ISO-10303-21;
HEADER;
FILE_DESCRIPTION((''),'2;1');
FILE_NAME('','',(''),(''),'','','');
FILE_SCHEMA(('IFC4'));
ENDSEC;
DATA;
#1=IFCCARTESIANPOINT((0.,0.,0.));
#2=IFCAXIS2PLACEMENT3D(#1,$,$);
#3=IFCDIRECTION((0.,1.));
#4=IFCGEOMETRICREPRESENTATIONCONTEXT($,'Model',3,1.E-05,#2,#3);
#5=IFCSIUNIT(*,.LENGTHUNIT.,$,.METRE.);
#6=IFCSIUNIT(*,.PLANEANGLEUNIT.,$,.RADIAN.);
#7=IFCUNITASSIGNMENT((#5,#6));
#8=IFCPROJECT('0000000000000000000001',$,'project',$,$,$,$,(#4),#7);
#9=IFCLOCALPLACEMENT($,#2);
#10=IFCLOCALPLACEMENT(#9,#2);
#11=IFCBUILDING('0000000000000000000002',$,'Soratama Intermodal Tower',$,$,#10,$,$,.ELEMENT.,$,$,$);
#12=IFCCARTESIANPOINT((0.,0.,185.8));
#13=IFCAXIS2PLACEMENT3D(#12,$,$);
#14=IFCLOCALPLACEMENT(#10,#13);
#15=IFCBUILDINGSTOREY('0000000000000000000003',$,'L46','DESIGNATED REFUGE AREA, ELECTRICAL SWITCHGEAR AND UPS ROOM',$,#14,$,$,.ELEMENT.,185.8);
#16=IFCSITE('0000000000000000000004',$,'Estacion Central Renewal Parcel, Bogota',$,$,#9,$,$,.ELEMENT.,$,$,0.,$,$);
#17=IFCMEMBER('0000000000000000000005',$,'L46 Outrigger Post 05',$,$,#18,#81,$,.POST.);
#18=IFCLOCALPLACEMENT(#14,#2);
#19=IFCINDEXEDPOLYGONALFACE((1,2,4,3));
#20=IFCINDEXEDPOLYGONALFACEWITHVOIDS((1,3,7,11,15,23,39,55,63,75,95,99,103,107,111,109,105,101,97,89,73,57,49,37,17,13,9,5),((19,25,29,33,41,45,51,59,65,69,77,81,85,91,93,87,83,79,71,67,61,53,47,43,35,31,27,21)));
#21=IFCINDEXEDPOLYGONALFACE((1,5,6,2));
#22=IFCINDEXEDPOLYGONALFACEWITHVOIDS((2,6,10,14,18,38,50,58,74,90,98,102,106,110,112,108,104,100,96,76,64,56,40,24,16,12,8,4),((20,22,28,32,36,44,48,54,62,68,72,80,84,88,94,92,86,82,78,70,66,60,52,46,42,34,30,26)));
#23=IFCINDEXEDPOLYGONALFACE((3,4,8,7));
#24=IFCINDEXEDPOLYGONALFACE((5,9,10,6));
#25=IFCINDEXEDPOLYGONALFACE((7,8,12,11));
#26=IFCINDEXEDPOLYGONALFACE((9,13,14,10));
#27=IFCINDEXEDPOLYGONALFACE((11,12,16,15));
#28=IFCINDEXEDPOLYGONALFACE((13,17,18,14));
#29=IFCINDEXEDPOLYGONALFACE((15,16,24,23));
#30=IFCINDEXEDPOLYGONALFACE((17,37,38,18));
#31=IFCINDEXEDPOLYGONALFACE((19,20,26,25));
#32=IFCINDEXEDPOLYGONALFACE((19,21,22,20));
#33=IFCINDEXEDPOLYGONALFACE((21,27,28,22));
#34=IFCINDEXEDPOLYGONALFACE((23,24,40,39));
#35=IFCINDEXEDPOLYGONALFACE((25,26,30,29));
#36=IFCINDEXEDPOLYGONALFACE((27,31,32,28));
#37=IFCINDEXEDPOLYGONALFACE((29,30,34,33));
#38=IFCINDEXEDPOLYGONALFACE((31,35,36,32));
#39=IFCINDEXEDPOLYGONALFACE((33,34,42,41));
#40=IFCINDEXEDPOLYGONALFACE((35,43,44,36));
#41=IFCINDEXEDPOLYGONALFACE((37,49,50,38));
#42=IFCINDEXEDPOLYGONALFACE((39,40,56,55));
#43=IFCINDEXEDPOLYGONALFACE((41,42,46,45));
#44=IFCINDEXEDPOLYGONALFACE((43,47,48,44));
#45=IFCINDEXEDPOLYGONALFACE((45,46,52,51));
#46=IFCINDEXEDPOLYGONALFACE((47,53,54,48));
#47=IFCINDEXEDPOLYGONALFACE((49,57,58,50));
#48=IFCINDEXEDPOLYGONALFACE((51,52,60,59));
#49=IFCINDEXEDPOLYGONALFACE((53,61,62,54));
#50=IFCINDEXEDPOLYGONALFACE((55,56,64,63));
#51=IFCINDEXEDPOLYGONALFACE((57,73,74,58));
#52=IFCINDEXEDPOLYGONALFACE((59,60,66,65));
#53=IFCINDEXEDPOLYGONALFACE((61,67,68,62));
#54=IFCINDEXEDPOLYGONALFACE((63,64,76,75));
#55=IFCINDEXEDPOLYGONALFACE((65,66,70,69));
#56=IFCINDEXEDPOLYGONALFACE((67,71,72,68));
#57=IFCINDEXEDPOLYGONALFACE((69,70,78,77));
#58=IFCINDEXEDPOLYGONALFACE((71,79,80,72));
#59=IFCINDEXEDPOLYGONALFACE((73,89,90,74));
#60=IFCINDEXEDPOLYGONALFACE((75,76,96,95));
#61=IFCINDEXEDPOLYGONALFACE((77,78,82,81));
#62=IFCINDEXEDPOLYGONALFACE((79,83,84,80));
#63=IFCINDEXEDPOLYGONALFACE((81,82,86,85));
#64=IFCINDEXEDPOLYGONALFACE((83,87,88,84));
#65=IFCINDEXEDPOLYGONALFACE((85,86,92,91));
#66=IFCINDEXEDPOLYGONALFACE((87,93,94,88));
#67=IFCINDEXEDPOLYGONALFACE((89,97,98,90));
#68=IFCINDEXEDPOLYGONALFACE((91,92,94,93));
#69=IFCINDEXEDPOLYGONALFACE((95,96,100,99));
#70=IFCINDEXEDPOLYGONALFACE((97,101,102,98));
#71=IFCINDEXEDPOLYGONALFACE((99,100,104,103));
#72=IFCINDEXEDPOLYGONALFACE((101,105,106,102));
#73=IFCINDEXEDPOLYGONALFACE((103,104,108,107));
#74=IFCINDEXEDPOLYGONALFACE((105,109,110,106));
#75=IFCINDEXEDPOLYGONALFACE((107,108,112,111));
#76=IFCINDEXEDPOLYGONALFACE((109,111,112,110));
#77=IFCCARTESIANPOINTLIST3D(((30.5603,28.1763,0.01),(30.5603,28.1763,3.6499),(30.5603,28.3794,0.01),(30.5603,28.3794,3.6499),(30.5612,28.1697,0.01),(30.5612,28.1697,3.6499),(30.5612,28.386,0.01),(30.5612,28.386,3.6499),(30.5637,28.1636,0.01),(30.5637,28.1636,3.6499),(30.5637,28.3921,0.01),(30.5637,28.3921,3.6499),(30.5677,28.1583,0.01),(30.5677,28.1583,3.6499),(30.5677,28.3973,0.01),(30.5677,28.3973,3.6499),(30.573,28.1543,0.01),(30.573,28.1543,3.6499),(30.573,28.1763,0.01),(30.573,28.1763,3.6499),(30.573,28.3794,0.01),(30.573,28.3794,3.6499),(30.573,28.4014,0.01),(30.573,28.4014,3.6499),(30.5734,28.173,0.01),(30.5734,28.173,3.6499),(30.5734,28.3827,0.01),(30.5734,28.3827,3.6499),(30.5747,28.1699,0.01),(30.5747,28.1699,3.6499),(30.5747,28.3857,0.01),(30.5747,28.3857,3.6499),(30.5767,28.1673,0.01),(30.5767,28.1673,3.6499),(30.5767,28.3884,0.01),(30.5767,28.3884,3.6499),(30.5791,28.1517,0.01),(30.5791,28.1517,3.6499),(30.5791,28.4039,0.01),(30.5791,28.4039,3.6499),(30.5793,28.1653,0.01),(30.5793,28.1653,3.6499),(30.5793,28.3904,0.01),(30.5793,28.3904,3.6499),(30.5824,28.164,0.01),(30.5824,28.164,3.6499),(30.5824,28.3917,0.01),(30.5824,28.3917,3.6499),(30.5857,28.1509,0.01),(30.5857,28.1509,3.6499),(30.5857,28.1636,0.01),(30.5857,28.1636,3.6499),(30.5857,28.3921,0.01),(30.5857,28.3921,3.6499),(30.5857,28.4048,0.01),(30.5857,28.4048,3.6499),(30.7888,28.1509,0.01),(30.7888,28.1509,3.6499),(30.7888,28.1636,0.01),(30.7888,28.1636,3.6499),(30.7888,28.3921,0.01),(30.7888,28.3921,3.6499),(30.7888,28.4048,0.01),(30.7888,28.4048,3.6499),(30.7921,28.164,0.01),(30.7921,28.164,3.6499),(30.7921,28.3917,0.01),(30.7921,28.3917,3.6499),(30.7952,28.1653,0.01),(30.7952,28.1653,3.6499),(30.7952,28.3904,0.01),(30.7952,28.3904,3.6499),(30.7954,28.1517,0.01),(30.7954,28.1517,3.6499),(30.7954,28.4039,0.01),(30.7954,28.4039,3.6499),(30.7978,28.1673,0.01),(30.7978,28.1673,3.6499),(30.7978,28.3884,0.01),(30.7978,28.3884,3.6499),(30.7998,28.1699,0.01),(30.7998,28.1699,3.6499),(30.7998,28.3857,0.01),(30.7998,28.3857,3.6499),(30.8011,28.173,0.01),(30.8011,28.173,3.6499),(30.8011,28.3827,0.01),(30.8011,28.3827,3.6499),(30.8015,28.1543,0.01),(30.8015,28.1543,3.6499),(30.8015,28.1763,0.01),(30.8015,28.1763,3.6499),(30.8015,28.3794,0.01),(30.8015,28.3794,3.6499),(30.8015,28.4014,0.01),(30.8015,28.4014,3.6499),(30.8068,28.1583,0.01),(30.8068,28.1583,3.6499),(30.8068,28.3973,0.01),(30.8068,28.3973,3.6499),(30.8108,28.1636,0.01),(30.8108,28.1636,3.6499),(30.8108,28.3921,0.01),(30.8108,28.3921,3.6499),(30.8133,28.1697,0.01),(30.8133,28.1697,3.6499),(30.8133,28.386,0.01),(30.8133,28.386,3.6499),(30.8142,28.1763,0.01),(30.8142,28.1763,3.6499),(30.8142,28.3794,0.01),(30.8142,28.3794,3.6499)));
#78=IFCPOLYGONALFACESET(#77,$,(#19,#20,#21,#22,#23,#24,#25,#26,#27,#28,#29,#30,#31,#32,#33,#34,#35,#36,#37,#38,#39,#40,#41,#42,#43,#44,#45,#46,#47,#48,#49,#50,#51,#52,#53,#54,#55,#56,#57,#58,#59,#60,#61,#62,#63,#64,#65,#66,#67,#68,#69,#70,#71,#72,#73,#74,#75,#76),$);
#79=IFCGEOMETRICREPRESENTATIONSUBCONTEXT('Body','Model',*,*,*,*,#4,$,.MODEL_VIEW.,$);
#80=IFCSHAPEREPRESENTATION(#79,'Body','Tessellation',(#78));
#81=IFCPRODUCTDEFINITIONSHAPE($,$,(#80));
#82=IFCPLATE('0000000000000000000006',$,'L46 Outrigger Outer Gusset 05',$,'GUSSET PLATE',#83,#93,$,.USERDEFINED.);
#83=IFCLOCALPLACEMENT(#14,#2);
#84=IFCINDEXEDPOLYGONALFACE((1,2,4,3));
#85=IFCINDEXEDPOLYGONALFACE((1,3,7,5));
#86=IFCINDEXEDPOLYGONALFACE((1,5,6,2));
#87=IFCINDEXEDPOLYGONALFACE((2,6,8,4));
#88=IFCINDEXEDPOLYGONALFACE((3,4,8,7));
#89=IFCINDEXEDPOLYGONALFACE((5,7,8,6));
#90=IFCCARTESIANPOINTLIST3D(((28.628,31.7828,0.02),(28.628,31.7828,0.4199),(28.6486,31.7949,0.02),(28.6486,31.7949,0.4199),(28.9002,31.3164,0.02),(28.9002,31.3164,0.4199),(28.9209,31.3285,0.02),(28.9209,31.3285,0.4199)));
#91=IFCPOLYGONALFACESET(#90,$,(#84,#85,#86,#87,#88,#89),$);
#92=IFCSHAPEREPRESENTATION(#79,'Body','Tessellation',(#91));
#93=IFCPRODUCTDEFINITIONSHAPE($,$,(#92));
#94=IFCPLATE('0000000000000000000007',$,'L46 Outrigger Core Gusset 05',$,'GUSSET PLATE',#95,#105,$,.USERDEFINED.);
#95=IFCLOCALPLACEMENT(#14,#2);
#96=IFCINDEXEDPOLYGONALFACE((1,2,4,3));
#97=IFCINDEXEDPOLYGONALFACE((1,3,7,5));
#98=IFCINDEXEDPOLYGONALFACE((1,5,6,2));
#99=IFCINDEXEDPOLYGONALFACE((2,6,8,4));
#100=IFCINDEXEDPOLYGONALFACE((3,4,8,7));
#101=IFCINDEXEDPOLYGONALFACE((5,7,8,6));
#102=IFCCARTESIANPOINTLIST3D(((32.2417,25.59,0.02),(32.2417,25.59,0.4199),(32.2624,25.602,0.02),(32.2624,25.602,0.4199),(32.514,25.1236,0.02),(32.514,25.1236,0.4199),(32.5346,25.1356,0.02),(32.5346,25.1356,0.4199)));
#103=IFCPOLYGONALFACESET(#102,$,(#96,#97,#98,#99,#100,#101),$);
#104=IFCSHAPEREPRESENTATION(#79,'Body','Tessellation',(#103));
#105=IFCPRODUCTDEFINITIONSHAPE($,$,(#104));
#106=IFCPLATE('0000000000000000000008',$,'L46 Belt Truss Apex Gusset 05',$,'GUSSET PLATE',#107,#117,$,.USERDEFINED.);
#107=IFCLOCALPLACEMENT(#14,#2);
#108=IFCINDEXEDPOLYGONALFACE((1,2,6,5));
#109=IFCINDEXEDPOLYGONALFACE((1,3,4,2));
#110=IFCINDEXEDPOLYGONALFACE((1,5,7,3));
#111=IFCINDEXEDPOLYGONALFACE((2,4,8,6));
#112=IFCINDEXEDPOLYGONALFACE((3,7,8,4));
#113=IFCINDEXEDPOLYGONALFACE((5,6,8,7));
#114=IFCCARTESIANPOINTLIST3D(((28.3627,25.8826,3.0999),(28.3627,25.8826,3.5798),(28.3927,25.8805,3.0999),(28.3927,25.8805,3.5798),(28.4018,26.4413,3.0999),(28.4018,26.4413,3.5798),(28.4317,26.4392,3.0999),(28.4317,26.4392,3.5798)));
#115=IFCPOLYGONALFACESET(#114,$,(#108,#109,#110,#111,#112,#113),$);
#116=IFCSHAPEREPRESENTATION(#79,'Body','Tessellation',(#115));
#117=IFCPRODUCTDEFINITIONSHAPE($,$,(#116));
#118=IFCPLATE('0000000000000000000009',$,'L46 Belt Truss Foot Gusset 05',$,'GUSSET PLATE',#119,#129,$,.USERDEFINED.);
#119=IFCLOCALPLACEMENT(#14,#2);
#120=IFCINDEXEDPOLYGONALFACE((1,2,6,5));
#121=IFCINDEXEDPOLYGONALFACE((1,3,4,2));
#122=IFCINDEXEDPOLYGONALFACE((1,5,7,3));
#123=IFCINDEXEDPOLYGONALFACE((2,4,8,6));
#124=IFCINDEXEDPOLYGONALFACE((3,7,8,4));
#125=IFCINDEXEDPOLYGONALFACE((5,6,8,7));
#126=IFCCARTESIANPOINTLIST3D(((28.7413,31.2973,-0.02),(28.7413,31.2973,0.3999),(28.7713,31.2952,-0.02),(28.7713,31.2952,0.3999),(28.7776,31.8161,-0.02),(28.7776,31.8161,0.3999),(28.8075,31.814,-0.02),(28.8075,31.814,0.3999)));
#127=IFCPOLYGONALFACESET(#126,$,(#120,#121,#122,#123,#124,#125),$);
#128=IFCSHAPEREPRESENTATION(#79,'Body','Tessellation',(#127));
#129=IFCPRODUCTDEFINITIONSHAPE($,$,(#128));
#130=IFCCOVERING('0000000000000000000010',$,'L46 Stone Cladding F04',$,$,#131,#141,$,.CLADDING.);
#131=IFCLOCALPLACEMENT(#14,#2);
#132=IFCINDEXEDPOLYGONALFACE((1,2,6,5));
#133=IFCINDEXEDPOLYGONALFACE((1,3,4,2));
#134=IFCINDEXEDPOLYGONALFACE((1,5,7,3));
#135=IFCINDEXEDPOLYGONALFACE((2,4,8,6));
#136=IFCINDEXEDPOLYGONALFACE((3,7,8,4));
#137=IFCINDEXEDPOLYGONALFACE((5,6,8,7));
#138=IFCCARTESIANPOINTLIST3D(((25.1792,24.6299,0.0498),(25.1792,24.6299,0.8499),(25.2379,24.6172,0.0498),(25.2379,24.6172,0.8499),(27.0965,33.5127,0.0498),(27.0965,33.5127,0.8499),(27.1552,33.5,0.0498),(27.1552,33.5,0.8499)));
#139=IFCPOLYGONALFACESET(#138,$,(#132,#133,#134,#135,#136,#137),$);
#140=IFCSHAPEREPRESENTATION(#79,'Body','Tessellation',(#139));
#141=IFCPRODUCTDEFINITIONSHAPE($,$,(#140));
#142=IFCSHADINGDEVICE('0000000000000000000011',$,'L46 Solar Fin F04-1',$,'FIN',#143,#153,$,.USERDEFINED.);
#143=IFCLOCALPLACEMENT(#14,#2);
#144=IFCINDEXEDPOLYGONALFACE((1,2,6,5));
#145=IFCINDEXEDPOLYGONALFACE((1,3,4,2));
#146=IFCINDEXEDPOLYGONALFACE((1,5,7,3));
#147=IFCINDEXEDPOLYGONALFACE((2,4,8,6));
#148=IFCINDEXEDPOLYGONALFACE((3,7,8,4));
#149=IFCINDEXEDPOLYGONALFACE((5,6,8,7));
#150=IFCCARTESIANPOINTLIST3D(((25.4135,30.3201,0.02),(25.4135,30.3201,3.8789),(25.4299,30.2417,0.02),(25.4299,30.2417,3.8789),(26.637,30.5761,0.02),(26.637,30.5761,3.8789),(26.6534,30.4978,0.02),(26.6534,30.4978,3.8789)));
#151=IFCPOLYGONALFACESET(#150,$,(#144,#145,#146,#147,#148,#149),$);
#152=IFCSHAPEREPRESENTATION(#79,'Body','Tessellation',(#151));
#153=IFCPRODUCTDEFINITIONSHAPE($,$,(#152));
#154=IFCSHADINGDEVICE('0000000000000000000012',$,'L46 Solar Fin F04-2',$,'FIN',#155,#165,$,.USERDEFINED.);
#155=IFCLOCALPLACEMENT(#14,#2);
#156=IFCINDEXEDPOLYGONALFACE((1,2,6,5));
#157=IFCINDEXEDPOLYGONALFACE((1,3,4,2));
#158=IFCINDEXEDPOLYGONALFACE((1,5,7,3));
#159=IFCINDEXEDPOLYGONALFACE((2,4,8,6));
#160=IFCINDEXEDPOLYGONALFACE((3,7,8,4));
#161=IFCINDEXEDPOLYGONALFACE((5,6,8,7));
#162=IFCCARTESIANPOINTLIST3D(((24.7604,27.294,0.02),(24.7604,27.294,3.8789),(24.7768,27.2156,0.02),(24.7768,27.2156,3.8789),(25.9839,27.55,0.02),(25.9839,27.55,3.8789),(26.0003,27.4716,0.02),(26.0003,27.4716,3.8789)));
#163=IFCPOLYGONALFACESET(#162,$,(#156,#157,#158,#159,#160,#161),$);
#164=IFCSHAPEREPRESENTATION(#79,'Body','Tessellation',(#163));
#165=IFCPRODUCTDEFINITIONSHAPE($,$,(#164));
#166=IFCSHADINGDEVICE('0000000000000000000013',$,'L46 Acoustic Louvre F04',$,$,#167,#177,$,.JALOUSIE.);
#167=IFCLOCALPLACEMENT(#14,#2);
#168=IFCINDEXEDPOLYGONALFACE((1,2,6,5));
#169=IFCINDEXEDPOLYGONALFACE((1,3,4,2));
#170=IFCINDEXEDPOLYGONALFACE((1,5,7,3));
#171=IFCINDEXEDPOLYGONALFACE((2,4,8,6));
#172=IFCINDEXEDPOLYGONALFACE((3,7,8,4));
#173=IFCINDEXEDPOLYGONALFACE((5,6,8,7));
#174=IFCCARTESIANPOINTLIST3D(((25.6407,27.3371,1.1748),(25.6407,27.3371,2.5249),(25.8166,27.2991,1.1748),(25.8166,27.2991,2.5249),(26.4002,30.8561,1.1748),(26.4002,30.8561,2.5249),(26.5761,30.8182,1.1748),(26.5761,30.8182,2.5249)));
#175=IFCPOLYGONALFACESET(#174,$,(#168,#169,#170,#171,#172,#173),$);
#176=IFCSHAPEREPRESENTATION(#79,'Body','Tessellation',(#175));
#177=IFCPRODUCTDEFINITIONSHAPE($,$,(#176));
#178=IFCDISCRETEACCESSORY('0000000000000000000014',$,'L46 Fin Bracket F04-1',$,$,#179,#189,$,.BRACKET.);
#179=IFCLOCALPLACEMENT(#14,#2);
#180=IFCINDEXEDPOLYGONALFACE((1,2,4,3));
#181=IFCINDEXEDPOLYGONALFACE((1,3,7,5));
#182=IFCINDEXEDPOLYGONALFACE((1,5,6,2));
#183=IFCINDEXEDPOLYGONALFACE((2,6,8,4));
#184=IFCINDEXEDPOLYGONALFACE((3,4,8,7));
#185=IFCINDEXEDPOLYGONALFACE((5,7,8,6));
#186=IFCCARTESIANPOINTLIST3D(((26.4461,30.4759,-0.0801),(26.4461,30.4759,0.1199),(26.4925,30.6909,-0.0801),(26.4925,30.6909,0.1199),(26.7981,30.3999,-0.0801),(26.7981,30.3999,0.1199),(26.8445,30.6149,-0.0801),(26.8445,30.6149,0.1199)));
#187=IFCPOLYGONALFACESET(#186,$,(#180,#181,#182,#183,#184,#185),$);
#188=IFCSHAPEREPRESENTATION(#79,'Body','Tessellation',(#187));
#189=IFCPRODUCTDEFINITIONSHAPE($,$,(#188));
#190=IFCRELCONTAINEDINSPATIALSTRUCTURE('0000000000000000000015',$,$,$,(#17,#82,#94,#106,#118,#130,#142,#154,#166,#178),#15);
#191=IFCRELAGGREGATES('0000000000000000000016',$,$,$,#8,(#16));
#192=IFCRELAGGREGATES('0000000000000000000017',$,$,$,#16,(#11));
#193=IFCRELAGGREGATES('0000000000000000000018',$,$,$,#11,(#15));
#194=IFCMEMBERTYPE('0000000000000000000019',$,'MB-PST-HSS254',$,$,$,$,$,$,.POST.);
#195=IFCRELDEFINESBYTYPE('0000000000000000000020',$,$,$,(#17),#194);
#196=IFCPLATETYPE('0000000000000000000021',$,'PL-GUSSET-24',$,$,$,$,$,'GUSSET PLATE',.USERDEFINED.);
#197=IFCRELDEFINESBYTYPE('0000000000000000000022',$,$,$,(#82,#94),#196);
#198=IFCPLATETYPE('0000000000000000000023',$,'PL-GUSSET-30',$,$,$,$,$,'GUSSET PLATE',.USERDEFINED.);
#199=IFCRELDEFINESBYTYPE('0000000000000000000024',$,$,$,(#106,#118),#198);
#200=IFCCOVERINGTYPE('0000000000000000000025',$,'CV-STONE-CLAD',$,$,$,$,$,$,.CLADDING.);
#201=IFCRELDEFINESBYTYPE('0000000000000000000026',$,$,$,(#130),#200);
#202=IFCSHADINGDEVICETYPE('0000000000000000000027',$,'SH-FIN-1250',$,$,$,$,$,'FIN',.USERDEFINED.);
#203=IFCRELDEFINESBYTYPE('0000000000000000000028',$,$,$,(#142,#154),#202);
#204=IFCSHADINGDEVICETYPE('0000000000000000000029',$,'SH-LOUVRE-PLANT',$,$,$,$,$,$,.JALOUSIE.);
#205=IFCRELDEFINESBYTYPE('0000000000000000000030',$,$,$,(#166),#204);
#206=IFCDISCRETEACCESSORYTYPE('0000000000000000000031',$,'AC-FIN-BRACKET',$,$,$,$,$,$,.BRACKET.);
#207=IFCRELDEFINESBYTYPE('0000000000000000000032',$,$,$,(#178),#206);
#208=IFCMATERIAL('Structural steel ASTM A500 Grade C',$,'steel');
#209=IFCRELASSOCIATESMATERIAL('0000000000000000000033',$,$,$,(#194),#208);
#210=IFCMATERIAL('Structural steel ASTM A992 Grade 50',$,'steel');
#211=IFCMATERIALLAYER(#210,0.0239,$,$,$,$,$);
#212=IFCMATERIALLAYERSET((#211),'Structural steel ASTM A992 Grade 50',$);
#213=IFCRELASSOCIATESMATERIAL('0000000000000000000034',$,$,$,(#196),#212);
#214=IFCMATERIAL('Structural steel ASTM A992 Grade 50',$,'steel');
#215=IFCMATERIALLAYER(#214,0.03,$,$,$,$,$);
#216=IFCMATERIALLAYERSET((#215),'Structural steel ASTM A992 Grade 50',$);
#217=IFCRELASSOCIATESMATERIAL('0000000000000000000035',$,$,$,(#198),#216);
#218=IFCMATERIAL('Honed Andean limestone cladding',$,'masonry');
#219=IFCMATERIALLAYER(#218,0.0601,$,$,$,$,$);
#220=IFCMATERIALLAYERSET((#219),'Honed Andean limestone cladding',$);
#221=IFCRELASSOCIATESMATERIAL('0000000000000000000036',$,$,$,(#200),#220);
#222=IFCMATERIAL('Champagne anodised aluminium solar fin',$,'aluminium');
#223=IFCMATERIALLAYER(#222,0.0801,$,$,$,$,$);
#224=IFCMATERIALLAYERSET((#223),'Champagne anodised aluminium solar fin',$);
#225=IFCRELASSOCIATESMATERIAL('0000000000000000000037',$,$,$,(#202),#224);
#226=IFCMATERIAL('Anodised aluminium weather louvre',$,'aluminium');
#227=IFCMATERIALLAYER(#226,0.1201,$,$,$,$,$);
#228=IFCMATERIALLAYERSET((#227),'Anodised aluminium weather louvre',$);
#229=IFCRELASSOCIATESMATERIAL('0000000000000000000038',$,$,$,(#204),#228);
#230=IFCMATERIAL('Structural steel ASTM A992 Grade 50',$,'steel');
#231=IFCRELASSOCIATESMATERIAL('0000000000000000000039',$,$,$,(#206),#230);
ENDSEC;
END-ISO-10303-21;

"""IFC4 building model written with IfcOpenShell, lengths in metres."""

from ifc_helpers import new_model, si_unit, direction, frame, origin, origin_2d, place, context, subcontext, project, spatial, rectangle, hollow_rectangle, extrude, material, layer, layer_set, material_profile, profile_set, type_object, element, save


model = new_model("IFC4")

# Units and contexts
model_context = context("Model", 3, precision=1e-05, world=origin(), true_north=direction((0.0, 1.0)))
body_context = subcontext(model_context, "Body", "Model", "MODEL_VIEW")
ifc_project = project(units=[si_unit("LENGTHUNIT", "METRE"), si_unit("PLANEANGLEUNIT", "RADIAN")], contexts=[model_context])

# Site, building, storey
site_placement = place(None, origin())
site = spatial("IfcSite", under=ifc_project, at=site_placement, Name="Estacion Central Renewal Parcel, Bogota", CompositionType="ELEMENT", RefElevation=0.0)
building_placement = place(site_placement, origin())
building = spatial("IfcBuilding", under=site, at=building_placement, Name="Soratama Intermodal Tower", CompositionType="ELEMENT")
storey_placement = place(building_placement, frame((0.0, 0.0, 185.8)))
storey = spatial("IfcBuildingStorey", under=building, at=storey_placement, Name="L46", Description="DESIGNATED REFUGE AREA, ELECTRICAL SWITCHGEAR AND UPS ROOM", CompositionType="ELEMENT", Elevation=185.8)

# Member
ifc_material_1 = material(Name="Structural steel ASTM A500 Grade C", Category="steel")
ifc_material_profile_1 = material_profile(ifc_material_1, hollow_rectangle(XDim=0.2539, YDim=0.2539, WallThickness=0.0127, InnerFilletRadius=0.0127, OuterFilletRadius=0.0254, at=origin_2d()), Name="HSS254X254X12.7")
ifc_profile_set_1 = profile_set([ifc_material_profile_1], Name="Structural steel ASTM A500 Grade C")
member_type_1 = type_object("IfcMemberType", Name="MB-PST-HSS254", PredefinedType="POST", material=ifc_profile_set_1)
member_1_placement = place(storey_placement, frame((30.6873, 28.2778, 0.01), z_axis=(0.0, 0.0, 1.0), x_axis=(1.0, 0.0, 0.0)))
element("IfcMember", 1, at=member_1_placement, inside=storey, type_object=member_type_1, Name="L46 Outrigger Post 05", PredefinedType="POST", context=body_context, shape_type="SweptSolid", body=[
    extrude(hollow_rectangle(XDim=0.2539, YDim=0.2539, WallThickness=0.0127, InnerFilletRadius=0.0127, OuterFilletRadius=0.0254, at=origin_2d()), origin(), (0.0, 0.0, 1.0), 3.6399),
])

# Plates
ifc_material_2 = material(Name="Structural steel ASTM A992 Grade 50", Category="steel")
ifc_layer_1 = layer(ifc_material_2, 0.0239)
ifc_layer_set_1 = layer_set([ifc_layer_1], Name="Structural steel ASTM A992 Grade 50")
plate_type_1 = type_object("IfcPlateType", Name="PL-GUSSET-24", ElementType="GUSSET PLATE", PredefinedType="USERDEFINED", material=ifc_layer_set_1)
for number, where, z_axis, x_axis, name in (
    (2, (28.7744, 31.5557, 0.02), (0.0, 0.0, 1.0), (-0.504075, 0.86366, 0.0), "L46 Outrigger Outer Gusset 05"),
    (3, (32.3882, 25.3628, 0.02), (0.0, 0.0, 1.0), (-0.504075, 0.86366, 0.0), "L46 Outrigger Core Gusset 05"),
):
    element("IfcPlate", number, at=place(storey_placement, frame(where, z_axis=z_axis, x_axis=x_axis)), inside=storey, type_object=plate_type_1, Name=name, ObjectType="GUSSET PLATE", PredefinedType="USERDEFINED", context=body_context, shape_type="SweptSolid", body=[
        extrude(rectangle(XDim=0.54, YDim=0.0239, at=origin_2d()), origin(), (0.0, 0.0, 1.0), 0.3999),
    ])
ifc_material_3 = material(Name="Structural steel ASTM A992 Grade 50", Category="steel")
ifc_layer_2 = layer(ifc_material_3, 0.03)
ifc_layer_set_2 = layer_set([ifc_layer_2], Name="Structural steel ASTM A992 Grade 50")
plate_type_2 = type_object("IfcPlateType", Name="PL-GUSSET-30", ElementType="GUSSET PLATE", PredefinedType="USERDEFINED", material=ifc_layer_set_2)
plate_1_placement = place(storey_placement, frame((28.3972, 26.1609, 3.0999), z_axis=(0.0, 0.0, 1.0), x_axis=(-0.069756, -0.997564, 0.0)))
element("IfcPlate", 4, at=plate_1_placement, inside=storey, type_object=plate_type_2, Name="L46 Belt Truss Apex Gusset 05", ObjectType="GUSSET PLATE", PredefinedType="USERDEFINED", context=body_context, shape_type="SweptSolid", body=[
    extrude(rectangle(XDim=0.5601, YDim=0.03, at=origin_2d()), origin(), (0.0, 0.0, 1.0), 0.48),
])
plate_2_placement = place(storey_placement, frame((28.7744, 31.5557, -0.02), z_axis=(0.0, 0.0, 1.0), x_axis=(-0.069756, -0.997564, 0.0)))
element("IfcPlate", 5, at=plate_2_placement, inside=storey, type_object=plate_type_2, Name="L46 Belt Truss Foot Gusset 05", ObjectType="GUSSET PLATE", PredefinedType="USERDEFINED", context=body_context, shape_type="SweptSolid", body=[
    extrude(rectangle(XDim=0.52, YDim=0.03, at=origin_2d()), origin(), (0.0, 0.0, 1.0), 0.4199),
])

# Covering
ifc_material_4 = material(Name="Honed Andean limestone cladding", Category="masonry")
ifc_layer_3 = layer(ifc_material_4, 0.0601)
ifc_layer_set_3 = layer_set([ifc_layer_3], Name="Honed Andean limestone cladding")
covering_type = type_object("IfcCoveringType", Name="CV-STONE-CLAD", PredefinedType="CLADDING", material=ifc_layer_set_3)
covering_placement = place(storey_placement, frame((26.1672, 29.0649, 0.0498), z_axis=(0.0, 0.0, 1.0), x_axis=(-0.210984, -0.97749, 0.0)))
element("IfcCovering", 6, at=covering_placement, inside=storey, type_object=covering_type, Name="L46 Stone Cladding F04", PredefinedType="CLADDING", context=body_context, shape_type="SweptSolid", body=[
    extrude(rectangle(XDim=9.0874, YDim=0.0601, at=origin_2d()), origin(), (0.0, 0.0, 1.0), 0.8),
])

# Shading devices
ifc_material_5 = material(Name="Champagne anodised aluminium solar fin", Category="aluminium")
ifc_layer_4 = layer(ifc_material_5, 0.0801)
ifc_layer_set_4 = layer_set([ifc_layer_4], Name="Champagne anodised aluminium solar fin")
shading_device_type_1 = type_object("IfcShadingDeviceType", Name="SH-FIN-1250", ElementType="FIN", PredefinedType="USERDEFINED", material=ifc_layer_set_4)
for number, where, z_axis, x_axis, name in (
    (7, (26.0334, 30.4089, 0.02), (0.0, 0.0, 1.0), (-0.978796, -0.204838, 0.0), "L46 Solar Fin F04-1"),
    (8, (25.3804, 27.3828, 0.02), (0.0, 0.0, 1.0), (-0.978796, -0.204838, 0.0), "L46 Solar Fin F04-2"),
):
    element("IfcShadingDevice", number, at=place(storey_placement, frame(where, z_axis=z_axis, x_axis=x_axis)), inside=storey, type_object=shading_device_type_1, Name=name, ObjectType="FIN", PredefinedType="USERDEFINED", context=body_context, shape_type="SweptSolid", body=[
        extrude(rectangle(XDim=1.25, YDim=0.0801, at=origin_2d()), origin(), (0.0, 0.0, 1.0), 3.8589),
    ])
ifc_material_6 = material(Name="Anodised aluminium weather louvre", Category="aluminium")
ifc_layer_5 = layer(ifc_material_6, 0.1201)
ifc_layer_set_5 = layer_set([ifc_layer_5], Name="Anodised aluminium weather louvre")
shading_device_type_2 = type_object("IfcShadingDeviceType", Name="SH-LOUVRE-PLANT", PredefinedType="JALOUSIE", material=ifc_layer_set_5)
shading_device_placement = place(storey_placement, frame((26.1084, 29.0776, 1.1748), z_axis=(0.0, 0.0, 1.0), x_axis=(-0.210984, -0.97749, 0.0)))
element("IfcShadingDevice", 9, at=shading_device_placement, inside=storey, type_object=shading_device_type_2, Name="L46 Acoustic Louvre F04", PredefinedType="JALOUSIE", context=body_context, shape_type="SweptSolid", body=[
    extrude(rectangle(XDim=3.6001, YDim=0.1799, at=origin_2d()), origin(), (0.0, 0.0, 1.0), 1.3501),
])

# Discrete accessory
ifc_material_7 = material(Name="Structural steel ASTM A992 Grade 50", Category="steel")
discrete_accessory_type = type_object("IfcDiscreteAccessoryType", Name="AC-FIN-BRACKET", PredefinedType="BRACKET", material=ifc_material_7)
for number, where, z_axis, x_axis, name in (
    (10, (26.6453, 30.5454, -0.0801), (0.0, 0.0, 1.0), (-0.97749, 0.210984, 0.0), "L46 Fin Bracket F04-1"),
):
    element("IfcDiscreteAccessory", number, at=place(storey_placement, frame(where, z_axis=z_axis, x_axis=x_axis)), inside=storey, type_object=discrete_accessory_type, Name=name, PredefinedType="BRACKET", context=body_context, shape_type="SweptSolid", body=[
        extrude(rectangle(XDim=0.3601, YDim=0.22, at=origin_2d()), origin(), (0.0, 0.0, 1.0), 0.2),
    ])

save(model, "model.ifc")
